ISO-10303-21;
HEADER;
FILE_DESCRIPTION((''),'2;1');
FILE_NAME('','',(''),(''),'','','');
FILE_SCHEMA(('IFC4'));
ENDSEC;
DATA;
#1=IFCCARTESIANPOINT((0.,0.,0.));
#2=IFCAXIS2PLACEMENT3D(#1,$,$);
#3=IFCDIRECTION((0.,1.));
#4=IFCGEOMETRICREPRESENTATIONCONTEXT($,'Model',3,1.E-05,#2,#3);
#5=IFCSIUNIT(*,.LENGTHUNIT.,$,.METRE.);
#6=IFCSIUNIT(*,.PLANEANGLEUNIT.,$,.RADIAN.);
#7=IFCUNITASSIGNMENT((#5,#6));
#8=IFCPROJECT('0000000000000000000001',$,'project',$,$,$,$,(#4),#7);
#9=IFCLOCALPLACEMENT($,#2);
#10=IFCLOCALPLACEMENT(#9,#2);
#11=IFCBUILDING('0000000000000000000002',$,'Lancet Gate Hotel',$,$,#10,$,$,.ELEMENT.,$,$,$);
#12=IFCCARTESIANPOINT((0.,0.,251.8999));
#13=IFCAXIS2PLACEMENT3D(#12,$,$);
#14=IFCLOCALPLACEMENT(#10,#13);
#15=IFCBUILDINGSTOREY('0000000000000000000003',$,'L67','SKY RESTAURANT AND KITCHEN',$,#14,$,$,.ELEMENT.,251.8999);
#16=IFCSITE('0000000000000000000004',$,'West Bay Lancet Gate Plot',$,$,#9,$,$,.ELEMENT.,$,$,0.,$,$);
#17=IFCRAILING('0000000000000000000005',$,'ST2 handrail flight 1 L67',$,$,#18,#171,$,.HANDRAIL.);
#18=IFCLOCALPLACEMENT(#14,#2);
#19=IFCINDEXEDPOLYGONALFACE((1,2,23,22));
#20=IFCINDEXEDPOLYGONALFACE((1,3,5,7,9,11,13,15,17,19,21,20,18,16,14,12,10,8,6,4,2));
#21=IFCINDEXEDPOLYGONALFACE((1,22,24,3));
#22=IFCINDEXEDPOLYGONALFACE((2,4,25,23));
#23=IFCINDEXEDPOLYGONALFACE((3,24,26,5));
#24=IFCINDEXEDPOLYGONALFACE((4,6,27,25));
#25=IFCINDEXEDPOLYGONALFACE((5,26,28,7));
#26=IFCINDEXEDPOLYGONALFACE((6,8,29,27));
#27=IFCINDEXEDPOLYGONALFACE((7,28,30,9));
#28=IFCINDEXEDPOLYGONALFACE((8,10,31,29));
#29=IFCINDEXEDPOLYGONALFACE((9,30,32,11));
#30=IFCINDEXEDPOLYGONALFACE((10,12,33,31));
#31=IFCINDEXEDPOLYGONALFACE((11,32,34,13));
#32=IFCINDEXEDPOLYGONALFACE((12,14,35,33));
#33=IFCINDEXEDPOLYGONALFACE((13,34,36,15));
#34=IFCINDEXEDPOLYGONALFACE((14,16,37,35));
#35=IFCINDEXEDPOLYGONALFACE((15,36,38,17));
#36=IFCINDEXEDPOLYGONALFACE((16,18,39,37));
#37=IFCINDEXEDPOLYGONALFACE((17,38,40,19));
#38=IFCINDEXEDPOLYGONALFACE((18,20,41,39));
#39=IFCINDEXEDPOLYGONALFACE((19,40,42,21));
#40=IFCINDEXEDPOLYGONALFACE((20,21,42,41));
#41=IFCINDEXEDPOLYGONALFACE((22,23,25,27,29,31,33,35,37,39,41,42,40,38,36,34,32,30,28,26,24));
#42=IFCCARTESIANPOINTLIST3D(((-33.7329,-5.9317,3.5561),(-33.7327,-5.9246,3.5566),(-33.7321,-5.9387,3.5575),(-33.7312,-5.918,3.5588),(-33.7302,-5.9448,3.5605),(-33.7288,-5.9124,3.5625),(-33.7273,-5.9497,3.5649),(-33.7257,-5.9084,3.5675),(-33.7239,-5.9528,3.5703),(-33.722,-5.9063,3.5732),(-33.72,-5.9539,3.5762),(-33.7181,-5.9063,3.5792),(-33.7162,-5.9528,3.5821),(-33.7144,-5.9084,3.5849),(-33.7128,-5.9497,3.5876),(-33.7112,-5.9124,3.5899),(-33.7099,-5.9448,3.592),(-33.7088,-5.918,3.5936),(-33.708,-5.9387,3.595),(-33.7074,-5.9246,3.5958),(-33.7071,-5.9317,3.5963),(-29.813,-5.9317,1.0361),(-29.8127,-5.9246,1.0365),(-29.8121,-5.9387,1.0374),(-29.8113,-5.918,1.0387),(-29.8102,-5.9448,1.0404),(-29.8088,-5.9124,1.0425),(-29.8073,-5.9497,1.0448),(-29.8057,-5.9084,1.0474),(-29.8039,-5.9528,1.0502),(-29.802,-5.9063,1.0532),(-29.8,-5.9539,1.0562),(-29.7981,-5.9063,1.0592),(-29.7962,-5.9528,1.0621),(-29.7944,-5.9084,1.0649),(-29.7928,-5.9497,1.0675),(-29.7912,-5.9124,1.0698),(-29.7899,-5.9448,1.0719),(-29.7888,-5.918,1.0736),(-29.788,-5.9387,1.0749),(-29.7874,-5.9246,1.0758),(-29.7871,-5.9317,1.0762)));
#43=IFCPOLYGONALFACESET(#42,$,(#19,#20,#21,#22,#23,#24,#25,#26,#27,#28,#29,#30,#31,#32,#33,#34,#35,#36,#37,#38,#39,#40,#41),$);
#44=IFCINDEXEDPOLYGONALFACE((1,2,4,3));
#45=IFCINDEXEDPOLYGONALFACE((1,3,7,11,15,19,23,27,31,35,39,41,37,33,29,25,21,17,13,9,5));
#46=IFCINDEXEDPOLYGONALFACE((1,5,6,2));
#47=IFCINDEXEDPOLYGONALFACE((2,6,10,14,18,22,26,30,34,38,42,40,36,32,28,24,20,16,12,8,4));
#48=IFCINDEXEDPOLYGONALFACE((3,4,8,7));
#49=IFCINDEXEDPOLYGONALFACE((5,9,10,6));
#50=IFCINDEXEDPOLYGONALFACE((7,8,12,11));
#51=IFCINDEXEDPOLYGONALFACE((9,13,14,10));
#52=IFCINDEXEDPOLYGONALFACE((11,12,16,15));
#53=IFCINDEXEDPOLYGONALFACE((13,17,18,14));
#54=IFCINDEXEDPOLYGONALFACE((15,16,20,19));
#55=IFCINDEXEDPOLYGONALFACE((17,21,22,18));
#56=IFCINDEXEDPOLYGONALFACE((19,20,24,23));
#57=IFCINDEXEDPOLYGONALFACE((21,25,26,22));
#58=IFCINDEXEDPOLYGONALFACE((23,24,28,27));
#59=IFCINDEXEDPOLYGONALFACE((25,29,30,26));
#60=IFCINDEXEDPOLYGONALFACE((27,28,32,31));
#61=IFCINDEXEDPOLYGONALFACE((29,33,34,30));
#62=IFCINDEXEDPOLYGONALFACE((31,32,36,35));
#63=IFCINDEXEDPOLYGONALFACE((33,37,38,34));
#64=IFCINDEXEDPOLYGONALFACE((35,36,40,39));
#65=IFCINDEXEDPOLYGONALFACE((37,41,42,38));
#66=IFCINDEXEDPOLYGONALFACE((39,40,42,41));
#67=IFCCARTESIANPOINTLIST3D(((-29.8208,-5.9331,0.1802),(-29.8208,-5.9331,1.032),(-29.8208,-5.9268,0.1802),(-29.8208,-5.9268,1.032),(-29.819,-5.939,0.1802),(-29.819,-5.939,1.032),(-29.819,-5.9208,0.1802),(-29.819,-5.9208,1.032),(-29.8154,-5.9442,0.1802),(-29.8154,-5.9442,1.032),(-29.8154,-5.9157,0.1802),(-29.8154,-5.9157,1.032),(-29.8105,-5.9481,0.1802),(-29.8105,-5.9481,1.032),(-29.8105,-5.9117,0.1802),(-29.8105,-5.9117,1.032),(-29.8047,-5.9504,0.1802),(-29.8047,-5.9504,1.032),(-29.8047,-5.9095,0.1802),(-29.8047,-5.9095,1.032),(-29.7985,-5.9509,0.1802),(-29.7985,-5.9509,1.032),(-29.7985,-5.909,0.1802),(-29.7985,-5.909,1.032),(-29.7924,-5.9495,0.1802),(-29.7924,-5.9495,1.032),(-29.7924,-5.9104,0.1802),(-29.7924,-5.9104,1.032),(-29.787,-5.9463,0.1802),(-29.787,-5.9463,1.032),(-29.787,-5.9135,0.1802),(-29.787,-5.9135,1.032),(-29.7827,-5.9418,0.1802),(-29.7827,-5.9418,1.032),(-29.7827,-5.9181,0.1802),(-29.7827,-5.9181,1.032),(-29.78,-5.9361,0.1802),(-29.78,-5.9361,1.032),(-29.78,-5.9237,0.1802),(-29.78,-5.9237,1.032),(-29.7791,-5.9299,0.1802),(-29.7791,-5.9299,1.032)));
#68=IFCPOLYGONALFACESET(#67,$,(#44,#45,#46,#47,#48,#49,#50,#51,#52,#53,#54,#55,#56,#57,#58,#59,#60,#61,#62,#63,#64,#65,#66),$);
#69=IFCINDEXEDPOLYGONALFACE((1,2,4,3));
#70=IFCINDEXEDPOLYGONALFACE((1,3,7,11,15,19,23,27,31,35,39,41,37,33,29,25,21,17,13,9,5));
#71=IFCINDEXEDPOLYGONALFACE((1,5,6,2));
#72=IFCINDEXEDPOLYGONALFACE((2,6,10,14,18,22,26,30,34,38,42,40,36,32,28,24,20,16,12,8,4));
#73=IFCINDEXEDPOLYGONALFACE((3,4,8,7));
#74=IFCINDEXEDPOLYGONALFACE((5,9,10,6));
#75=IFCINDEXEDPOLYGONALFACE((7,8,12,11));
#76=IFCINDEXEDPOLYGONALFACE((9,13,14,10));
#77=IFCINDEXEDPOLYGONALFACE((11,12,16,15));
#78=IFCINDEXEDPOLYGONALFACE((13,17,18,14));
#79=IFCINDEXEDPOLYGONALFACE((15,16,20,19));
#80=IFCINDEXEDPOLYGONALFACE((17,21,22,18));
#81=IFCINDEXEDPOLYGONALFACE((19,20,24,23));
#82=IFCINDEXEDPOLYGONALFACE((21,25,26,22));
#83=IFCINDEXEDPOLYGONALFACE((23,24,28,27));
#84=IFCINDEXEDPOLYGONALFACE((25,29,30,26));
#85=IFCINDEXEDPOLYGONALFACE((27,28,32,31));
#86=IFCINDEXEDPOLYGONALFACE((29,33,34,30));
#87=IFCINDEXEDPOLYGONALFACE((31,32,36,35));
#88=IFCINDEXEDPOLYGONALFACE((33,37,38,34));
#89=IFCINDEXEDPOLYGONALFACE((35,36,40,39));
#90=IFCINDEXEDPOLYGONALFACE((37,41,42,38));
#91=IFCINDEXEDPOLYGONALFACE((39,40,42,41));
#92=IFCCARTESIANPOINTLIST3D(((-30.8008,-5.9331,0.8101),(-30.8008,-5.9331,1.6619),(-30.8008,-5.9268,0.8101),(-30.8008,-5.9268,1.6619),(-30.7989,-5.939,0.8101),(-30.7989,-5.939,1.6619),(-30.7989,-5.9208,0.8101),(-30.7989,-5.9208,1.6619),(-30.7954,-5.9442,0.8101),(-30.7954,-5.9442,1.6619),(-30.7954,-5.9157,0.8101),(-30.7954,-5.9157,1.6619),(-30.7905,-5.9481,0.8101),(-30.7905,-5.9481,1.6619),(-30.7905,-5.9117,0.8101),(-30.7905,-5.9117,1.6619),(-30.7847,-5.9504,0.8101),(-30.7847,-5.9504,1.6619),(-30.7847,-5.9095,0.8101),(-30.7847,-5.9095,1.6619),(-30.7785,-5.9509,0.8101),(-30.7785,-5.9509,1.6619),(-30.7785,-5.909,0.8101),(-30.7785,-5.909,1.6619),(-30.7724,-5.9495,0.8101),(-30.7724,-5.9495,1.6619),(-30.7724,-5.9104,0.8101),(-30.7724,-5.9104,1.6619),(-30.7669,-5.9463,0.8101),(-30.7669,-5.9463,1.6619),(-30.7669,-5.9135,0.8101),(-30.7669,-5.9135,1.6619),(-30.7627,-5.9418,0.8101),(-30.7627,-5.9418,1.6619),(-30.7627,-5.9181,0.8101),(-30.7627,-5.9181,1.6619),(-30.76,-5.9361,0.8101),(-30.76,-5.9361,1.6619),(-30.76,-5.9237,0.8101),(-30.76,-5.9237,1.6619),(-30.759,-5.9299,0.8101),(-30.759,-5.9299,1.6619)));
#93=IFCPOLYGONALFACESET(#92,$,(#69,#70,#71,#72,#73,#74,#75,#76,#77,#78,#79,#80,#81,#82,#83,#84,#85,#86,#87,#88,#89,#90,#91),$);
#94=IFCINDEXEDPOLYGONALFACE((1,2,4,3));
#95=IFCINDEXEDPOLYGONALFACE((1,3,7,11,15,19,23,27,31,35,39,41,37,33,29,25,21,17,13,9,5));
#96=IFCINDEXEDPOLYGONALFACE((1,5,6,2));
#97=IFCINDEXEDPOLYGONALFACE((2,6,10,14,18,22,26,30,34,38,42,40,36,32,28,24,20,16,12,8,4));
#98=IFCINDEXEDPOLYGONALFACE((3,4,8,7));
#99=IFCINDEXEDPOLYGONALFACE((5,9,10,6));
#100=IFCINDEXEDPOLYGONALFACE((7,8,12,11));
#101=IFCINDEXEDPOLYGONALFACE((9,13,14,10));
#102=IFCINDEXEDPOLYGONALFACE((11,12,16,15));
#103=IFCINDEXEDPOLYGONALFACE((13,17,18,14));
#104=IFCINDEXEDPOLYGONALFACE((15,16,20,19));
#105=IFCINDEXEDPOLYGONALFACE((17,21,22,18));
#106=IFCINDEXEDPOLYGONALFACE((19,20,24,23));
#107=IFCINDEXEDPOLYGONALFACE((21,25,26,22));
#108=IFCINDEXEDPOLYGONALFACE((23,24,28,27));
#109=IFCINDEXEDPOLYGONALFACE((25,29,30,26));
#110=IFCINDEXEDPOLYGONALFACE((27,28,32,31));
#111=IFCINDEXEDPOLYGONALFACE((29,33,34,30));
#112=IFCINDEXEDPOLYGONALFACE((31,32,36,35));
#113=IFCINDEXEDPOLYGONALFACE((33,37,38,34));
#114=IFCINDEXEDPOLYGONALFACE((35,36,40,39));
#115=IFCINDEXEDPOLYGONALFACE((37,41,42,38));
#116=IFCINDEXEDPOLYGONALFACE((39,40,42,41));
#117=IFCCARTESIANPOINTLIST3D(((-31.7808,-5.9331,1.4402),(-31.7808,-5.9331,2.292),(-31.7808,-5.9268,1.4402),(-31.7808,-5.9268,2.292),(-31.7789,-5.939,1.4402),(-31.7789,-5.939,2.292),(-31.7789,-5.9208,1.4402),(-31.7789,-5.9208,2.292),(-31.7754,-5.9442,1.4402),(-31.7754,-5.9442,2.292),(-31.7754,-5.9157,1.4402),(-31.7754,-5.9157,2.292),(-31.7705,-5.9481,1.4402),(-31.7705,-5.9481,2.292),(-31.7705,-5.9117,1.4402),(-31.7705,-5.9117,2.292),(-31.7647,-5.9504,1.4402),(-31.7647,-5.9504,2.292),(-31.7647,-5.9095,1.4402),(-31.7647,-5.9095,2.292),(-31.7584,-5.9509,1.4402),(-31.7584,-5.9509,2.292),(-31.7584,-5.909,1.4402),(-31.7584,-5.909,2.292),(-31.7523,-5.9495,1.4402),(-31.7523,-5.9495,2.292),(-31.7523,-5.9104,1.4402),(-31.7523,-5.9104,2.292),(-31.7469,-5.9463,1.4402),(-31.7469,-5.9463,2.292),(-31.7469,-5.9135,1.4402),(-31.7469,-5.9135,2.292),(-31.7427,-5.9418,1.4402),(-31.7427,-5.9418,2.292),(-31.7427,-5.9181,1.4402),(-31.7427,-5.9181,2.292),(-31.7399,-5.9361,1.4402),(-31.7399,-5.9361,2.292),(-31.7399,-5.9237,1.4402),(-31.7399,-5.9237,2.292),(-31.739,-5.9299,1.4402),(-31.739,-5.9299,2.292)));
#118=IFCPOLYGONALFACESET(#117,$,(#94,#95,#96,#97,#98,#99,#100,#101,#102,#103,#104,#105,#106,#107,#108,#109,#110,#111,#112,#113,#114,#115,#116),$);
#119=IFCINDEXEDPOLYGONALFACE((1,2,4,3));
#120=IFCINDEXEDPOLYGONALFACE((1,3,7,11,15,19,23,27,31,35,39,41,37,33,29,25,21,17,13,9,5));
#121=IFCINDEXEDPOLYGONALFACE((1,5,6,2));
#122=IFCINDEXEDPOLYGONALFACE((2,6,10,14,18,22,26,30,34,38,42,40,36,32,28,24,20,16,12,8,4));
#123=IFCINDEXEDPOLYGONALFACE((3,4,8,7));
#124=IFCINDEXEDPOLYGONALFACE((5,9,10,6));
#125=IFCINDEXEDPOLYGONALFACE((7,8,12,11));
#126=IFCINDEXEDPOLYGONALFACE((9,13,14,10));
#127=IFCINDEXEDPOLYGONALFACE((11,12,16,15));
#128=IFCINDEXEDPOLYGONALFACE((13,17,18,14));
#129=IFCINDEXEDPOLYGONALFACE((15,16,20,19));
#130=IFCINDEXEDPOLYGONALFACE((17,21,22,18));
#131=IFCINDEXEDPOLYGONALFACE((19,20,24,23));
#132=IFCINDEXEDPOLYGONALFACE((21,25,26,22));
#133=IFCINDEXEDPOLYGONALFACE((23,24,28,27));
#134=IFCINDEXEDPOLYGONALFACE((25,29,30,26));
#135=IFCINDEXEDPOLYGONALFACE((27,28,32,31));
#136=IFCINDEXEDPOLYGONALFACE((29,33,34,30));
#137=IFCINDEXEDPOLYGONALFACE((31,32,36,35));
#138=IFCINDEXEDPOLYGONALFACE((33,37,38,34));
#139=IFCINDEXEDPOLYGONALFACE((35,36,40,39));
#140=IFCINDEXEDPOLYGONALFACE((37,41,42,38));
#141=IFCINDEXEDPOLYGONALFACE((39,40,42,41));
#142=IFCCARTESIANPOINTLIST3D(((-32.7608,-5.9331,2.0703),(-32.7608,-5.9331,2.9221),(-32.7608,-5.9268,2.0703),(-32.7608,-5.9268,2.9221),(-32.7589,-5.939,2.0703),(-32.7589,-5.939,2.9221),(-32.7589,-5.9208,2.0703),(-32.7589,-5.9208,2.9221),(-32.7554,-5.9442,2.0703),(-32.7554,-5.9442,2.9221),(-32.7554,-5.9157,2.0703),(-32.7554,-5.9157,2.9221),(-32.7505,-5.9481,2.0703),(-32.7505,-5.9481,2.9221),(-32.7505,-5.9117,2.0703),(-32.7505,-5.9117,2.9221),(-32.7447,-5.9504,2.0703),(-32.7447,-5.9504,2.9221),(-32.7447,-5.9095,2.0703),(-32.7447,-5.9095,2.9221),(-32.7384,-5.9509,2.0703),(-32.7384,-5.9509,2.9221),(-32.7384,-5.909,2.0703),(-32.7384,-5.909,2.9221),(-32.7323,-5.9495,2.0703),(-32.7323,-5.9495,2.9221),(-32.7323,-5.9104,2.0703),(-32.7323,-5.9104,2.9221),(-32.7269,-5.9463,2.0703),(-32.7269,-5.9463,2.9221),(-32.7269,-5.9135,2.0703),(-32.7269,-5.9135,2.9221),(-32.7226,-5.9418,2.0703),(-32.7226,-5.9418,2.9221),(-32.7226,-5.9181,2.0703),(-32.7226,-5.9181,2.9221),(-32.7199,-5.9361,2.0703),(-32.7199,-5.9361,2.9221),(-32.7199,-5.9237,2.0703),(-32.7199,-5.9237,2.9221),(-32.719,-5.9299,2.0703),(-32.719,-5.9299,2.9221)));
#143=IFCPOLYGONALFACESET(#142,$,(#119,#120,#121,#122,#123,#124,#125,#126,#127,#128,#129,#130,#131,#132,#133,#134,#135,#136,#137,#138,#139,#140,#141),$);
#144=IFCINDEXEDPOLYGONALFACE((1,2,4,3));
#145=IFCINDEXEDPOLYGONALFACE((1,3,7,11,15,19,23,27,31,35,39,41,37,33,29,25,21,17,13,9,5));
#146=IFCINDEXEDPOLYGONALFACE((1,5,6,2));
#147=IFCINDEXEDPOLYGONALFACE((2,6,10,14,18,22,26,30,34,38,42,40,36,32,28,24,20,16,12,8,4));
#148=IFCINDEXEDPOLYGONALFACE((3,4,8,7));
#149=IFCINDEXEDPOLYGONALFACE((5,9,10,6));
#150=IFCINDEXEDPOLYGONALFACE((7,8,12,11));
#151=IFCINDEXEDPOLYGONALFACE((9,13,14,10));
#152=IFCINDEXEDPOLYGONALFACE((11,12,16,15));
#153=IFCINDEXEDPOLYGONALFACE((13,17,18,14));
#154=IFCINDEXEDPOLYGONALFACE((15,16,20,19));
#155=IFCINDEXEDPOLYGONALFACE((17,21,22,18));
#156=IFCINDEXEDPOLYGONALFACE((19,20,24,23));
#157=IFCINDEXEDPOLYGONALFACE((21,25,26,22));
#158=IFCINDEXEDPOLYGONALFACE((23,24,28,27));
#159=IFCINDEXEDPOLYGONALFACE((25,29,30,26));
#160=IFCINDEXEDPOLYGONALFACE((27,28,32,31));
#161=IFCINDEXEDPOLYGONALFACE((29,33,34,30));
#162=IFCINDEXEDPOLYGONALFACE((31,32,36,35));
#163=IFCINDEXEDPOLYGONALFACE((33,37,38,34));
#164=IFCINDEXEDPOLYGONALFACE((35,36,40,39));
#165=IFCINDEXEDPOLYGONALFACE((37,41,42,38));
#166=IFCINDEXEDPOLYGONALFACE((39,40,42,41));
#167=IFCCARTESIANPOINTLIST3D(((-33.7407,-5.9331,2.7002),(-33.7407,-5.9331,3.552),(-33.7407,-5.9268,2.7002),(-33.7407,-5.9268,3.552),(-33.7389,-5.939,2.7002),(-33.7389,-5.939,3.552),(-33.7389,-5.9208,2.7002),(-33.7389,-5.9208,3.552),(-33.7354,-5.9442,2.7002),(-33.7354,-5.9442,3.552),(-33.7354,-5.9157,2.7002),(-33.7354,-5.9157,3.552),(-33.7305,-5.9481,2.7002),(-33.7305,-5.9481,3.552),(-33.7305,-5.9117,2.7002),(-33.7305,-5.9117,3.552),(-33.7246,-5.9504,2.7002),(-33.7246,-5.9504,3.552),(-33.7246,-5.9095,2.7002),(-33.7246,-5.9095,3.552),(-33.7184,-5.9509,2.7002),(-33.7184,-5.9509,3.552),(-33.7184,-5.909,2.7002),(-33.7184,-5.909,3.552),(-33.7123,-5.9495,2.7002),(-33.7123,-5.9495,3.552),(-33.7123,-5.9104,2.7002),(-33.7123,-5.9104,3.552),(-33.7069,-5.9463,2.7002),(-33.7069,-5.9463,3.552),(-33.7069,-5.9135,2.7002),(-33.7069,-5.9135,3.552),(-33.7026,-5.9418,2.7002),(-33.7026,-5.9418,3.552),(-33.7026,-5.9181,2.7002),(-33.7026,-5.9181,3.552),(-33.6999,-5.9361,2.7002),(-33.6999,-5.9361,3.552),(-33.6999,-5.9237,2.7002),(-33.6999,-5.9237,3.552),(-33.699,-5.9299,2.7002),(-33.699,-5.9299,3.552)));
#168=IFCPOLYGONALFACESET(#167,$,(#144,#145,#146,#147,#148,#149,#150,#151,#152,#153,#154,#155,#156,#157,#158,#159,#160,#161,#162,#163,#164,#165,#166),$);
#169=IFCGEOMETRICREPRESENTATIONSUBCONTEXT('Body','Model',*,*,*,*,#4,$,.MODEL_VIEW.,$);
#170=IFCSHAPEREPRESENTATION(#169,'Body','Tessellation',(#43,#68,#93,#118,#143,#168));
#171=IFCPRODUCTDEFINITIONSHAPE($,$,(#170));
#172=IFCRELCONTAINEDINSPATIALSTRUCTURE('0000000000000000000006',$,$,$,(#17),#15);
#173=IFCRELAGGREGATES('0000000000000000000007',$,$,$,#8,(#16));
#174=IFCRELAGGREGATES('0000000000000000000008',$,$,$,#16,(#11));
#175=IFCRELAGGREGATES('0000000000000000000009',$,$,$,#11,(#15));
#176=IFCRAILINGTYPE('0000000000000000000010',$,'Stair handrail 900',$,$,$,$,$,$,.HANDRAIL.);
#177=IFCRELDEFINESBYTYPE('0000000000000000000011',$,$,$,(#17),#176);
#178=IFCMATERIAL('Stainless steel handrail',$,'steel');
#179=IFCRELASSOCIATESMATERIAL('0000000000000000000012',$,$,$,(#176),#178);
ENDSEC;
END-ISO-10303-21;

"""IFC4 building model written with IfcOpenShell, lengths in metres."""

from ifc_helpers import new_model, si_unit, direction, frame, origin, origin_2d, place, context, subcontext, project, spatial, circle, extrude, material, type_object, element, save


model = new_model("IFC4")

# Units and contexts
model_context = context("Model", 3, precision=1e-05, world=origin(), true_north=direction((0.0, 1.0)))
body_context = subcontext(model_context, "Body", "Model", "MODEL_VIEW")
ifc_project = project(units=[si_unit("LENGTHUNIT", "METRE"), si_unit("PLANEANGLEUNIT", "RADIAN")], contexts=[model_context])

# Site, building, storey
site_placement = place(None, origin())
site = spatial("IfcSite", under=ifc_project, at=site_placement, Name="West Bay Lancet Gate Plot", CompositionType="ELEMENT", RefElevation=0.0)
building_placement = place(site_placement, origin())
building = spatial("IfcBuilding", under=site, at=building_placement, Name="Lancet Gate Hotel", CompositionType="ELEMENT")
storey_placement = place(building_placement, frame((0.0, 0.0, 251.8999)))
storey = spatial("IfcBuildingStorey", under=building, at=storey_placement, Name="L67", Description="SKY RESTAURANT AND KITCHEN", CompositionType="ELEMENT", Elevation=251.8999)

# Railing
ifc_material_1 = material(Name="Stainless steel handrail", Category="steel")
railing_type = type_object("IfcRailingType", Name="Stair handrail 900", PredefinedType="HANDRAIL", material=ifc_material_1)
railing_placement = place(storey_placement, frame((-29.8, -5.9299, 0.1802)))
element("IfcRailing", 1, at=railing_placement, inside=storey, type_object=railing_type, Name="ST2 handrail flight 1 L67", PredefinedType="HANDRAIL", context=body_context, shape_type="SweptSolid", body=[
    extrude(circle(Radius=0.0239, at=origin_2d()), frame((0.0, 0.0, 0.876), z_axis=(-0.841172, 0.0, 0.540768), x_axis=(0.0, -1.0, 0.0)), (0.0, 0.0, 1.0), 4.6602),
    extrude(circle(Radius=0.021, at=origin_2d()), origin(), (0.0, 0.0, 1.0), 0.8518),
    extrude(circle(Radius=0.021, at=origin_2d()), frame((-0.98, 0.0, 0.6299)), (0.0, 0.0, 1.0), 0.8518),
    extrude(circle(Radius=0.021, at=origin_2d()), frame((-1.96, 0.0, 1.26)), (0.0, 0.0, 1.0), 0.8518),
    extrude(circle(Radius=0.021, at=origin_2d()), frame((-2.9399, 0.0, 1.8901)), (0.0, 0.0, 1.0), 0.8518),
    extrude(circle(Radius=0.021, at=origin_2d()), frame((-3.9199, 0.0, 2.52)), (0.0, 0.0, 1.0), 0.8518),
])

save(model, "model.ifc")
